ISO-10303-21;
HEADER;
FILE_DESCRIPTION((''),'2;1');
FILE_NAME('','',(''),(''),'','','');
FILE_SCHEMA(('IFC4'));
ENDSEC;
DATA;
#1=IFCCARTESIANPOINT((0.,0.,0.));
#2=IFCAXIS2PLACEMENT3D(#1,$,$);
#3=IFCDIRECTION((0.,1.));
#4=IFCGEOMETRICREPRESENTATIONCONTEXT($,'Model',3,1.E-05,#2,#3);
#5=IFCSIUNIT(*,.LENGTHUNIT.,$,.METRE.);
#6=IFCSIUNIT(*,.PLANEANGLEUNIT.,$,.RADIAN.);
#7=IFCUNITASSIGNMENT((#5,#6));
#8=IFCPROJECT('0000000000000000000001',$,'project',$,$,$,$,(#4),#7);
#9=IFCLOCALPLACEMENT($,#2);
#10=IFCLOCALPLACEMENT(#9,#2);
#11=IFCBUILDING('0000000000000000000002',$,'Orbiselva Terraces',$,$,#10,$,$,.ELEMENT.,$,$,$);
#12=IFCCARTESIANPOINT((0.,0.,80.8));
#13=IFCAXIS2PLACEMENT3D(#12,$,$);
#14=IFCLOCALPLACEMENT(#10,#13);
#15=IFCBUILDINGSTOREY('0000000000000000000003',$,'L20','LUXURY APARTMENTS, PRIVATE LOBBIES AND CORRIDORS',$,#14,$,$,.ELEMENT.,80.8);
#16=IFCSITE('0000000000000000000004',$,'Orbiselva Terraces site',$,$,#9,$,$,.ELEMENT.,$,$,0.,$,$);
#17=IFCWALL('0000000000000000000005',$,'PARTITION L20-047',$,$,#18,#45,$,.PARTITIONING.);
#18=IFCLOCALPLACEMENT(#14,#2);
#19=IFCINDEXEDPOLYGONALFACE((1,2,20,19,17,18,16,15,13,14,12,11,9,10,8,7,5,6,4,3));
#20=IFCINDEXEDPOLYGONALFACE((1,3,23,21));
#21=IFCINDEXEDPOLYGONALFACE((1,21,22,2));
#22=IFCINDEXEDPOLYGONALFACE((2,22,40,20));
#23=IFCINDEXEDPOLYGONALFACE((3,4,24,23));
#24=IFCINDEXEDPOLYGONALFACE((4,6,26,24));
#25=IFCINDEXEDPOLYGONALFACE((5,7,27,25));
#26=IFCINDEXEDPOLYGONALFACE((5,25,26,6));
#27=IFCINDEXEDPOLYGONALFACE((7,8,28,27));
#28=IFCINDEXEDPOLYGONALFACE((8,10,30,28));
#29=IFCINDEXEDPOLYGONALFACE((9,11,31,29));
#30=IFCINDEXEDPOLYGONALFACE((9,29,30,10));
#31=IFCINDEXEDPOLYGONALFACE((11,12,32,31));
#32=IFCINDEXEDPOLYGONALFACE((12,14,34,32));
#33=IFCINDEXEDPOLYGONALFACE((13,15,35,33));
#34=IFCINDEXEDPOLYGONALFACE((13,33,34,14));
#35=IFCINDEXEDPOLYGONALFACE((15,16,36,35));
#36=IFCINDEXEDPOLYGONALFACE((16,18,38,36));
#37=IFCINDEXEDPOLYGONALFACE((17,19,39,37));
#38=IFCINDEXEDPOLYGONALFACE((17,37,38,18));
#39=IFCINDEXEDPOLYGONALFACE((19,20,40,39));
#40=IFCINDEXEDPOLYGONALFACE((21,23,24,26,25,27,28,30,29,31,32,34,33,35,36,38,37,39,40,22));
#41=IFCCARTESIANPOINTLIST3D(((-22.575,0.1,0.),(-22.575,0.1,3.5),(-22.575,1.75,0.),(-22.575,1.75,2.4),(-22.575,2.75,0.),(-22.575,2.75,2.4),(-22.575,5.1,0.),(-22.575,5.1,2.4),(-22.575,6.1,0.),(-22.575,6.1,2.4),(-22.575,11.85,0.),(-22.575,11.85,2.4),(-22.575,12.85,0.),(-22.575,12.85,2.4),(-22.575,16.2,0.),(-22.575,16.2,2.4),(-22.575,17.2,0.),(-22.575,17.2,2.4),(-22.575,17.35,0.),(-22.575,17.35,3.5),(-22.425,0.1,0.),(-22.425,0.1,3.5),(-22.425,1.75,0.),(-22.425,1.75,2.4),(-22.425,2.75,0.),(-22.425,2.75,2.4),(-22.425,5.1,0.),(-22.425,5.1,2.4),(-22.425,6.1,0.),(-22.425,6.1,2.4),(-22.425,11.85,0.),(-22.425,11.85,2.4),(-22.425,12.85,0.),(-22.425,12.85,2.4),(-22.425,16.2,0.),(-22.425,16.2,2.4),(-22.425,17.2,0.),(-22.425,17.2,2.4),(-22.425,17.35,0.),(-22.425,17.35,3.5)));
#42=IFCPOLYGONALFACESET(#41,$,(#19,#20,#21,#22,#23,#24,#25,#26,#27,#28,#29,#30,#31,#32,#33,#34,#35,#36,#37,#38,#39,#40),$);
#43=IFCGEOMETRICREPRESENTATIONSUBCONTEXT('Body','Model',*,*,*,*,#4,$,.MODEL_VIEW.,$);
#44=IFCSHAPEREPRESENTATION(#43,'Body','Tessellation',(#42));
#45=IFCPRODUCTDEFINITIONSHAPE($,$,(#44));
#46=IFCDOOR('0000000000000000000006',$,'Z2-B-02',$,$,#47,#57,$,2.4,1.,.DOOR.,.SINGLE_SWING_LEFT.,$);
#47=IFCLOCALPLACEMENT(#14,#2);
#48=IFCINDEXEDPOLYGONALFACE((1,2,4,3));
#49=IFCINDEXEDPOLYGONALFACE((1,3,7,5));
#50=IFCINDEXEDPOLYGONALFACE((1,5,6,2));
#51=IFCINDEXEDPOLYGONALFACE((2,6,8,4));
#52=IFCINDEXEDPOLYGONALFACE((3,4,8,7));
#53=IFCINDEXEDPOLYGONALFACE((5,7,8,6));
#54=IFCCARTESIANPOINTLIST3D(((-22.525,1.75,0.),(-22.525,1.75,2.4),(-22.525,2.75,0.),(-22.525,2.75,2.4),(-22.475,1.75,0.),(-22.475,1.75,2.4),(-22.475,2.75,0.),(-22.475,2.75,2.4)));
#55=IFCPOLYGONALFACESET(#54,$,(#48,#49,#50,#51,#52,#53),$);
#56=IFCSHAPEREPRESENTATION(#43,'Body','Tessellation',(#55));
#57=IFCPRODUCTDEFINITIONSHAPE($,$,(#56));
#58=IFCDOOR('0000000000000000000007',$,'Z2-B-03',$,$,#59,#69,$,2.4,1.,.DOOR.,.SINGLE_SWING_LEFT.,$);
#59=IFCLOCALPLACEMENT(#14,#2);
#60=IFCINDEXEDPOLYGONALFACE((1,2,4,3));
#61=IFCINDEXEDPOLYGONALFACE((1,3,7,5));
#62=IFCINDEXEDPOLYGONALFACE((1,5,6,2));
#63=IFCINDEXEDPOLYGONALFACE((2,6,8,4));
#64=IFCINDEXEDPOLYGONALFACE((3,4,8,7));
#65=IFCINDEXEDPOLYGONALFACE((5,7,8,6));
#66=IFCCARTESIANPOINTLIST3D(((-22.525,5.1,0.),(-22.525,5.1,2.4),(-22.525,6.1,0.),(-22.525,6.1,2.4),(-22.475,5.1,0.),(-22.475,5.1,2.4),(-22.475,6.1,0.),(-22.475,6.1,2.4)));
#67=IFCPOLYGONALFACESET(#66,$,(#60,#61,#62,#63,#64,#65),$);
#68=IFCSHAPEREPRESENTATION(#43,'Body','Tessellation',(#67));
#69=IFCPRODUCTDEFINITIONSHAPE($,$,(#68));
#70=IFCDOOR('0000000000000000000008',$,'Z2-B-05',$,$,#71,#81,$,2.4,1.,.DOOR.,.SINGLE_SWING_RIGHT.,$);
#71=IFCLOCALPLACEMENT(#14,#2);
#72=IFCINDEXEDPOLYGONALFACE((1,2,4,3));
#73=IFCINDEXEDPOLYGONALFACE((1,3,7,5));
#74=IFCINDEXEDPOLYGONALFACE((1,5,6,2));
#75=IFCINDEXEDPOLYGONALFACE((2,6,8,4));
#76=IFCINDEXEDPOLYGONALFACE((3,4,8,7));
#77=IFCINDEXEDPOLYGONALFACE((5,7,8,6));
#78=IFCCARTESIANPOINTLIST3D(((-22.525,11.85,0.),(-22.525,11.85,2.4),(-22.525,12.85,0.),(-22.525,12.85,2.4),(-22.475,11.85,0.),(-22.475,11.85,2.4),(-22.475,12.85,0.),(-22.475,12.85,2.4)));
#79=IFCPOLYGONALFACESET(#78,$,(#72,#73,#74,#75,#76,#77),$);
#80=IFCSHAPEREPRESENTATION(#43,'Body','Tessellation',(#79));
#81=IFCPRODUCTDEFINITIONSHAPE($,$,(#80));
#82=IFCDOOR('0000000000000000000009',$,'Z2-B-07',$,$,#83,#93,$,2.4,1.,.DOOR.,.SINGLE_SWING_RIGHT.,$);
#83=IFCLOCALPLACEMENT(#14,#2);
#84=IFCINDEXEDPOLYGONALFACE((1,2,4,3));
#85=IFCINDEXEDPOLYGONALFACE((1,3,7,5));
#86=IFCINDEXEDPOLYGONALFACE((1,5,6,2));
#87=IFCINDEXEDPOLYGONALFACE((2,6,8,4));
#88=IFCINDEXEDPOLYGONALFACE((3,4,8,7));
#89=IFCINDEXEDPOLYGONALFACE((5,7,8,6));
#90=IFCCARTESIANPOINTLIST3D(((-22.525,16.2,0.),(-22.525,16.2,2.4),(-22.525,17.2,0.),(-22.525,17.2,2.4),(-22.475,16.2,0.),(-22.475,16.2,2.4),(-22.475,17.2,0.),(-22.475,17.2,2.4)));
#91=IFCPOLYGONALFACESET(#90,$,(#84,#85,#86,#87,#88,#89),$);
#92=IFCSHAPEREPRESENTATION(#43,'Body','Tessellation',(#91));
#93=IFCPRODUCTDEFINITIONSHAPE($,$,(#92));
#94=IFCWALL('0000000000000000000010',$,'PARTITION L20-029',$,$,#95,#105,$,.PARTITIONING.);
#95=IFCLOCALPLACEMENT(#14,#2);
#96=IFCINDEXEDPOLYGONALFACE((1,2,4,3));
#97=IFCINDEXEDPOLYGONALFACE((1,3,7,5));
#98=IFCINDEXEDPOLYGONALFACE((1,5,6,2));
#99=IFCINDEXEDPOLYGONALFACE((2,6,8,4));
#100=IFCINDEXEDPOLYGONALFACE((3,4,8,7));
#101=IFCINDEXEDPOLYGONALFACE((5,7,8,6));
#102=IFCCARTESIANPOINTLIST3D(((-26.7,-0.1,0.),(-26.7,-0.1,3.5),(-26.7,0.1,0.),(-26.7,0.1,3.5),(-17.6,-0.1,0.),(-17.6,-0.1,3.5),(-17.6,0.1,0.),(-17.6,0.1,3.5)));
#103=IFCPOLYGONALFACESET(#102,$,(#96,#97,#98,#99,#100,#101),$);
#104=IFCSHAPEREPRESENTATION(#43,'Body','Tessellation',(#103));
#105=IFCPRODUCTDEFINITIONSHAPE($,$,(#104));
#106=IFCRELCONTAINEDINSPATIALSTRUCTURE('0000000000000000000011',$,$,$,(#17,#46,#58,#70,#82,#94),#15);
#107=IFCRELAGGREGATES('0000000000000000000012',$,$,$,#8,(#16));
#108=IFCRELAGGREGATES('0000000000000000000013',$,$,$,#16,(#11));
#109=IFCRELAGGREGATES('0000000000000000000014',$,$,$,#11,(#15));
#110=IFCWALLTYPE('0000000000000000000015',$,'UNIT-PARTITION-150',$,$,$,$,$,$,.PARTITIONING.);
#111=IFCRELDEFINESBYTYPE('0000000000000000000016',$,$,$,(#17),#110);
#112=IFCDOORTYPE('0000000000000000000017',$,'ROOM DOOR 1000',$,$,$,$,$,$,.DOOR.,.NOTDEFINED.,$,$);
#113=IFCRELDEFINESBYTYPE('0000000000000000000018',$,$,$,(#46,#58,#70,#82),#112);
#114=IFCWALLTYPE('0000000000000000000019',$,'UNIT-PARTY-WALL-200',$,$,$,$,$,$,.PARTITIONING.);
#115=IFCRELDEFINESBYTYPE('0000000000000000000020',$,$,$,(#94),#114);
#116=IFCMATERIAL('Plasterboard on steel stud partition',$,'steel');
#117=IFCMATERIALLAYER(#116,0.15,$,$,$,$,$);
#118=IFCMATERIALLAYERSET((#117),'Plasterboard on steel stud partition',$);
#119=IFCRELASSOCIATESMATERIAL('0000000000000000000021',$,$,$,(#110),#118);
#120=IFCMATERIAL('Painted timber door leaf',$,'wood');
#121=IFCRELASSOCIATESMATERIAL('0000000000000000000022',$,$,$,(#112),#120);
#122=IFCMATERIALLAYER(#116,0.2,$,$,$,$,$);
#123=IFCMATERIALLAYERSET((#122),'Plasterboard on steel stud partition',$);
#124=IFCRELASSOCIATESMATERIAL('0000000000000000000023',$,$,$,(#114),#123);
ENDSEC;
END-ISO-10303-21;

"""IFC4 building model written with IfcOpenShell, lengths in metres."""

from ifc_helpers import new_model, si_unit, direction, frame, frame_2d, origin, place, context, subcontext, project, spatial, rectangle, extrude, material, layer, layer_set, type_object, element, fill, save


model = new_model("IFC4")

# Units and contexts
model_context = context("Model", 3, precision=1e-05, world=origin(), true_north=direction((0.0, 1.0)))
body_context = subcontext(model_context, "Body", "Model", "MODEL_VIEW")
ifc_project = project(units=[si_unit("LENGTHUNIT", "METRE"), si_unit("PLANEANGLEUNIT", "RADIAN")], contexts=[model_context])

# Site, building, storey
site_placement = place(None, origin())
site = spatial("IfcSite", under=ifc_project, at=site_placement, Name="Orbiselva Terraces site", CompositionType="ELEMENT", RefElevation=0.0)
building_placement = place(site_placement, origin())
building = spatial("IfcBuilding", under=site, at=building_placement, Name="Orbiselva Terraces", CompositionType="ELEMENT")
storey_placement = place(building_placement, frame((0.0, 0.0, 80.8)))
storey = spatial("IfcBuildingStorey", under=building, at=storey_placement, Name="L20", Description="LUXURY APARTMENTS, PRIVATE LOBBIES AND CORRIDORS", CompositionType="ELEMENT", Elevation=80.8)

# Shared definitions
ifc_material_1 = material(Name="Plasterboard on steel stud partition", Category="steel")
ifc_layer_1 = layer(ifc_material_1, 0.15)
ifc_layer_set_1 = layer_set([ifc_layer_1], Name="Plasterboard on steel stud partition")
wall_type_1 = type_object("IfcWallType", Name="UNIT-PARTITION-150", PredefinedType="PARTITIONING", material=ifc_layer_set_1)

# Wall, openings, doors
wall_1_placement = place(storey_placement, frame((-22.5, 0.1, 0.0), z_axis=(0.0, 0.0, 1.0), x_axis=(0.0, 1.0, 0.0)))
wall_1 = element("IfcWall", 1, at=wall_1_placement, inside=storey, type_object=wall_type_1, Name="PARTITION L20-047", PredefinedType="PARTITIONING", context=body_context, shape_type="SweptSolid", body=[
    extrude(rectangle(XDim=17.25, YDim=0.15, at=frame_2d((8.625, 0.0))), origin(), (0.0, 0.0, 1.0), 3.5),
])
opening_1_placement = place(wall_1_placement, frame((1.65, 0.0, 0.0)))
opening_1 = element("IfcOpeningElement", 2, at=opening_1_placement, cuts=wall_1, PredefinedType="OPENING", context=body_context, shape_type="SweptSolid", body=[
    extrude(rectangle(XDim=1.0, YDim=2.4, at=frame_2d((0.5, 1.2))), frame((0.0, 0.085, 0.0), z_axis=(0.0, -1.0, 0.0), x_axis=(1.0, 0.0, 0.0)), (0.0, 0.0, 1.0), 0.17),
])
opening_2_placement = place(wall_1_placement, frame((5.0, 0.0, 0.0)))
opening_2 = element("IfcOpeningElement", 3, at=opening_2_placement, cuts=wall_1, PredefinedType="OPENING", context=body_context, shape_type="SweptSolid", body=[
    extrude(rectangle(XDim=1.0, YDim=2.4, at=frame_2d((0.5, 1.2))), frame((0.0, 0.085, 0.0), z_axis=(0.0, -1.0, 0.0), x_axis=(1.0, 0.0, 0.0)), (0.0, 0.0, 1.0), 0.17),
])
opening_3_placement = place(wall_1_placement, frame((11.75, 0.0, 0.0)))
opening_3 = element("IfcOpeningElement", 4, at=opening_3_placement, cuts=wall_1, PredefinedType="OPENING", context=body_context, shape_type="SweptSolid", body=[
    extrude(rectangle(XDim=1.0, YDim=2.4, at=frame_2d((0.5, 1.2))), frame((0.0, 0.085, 0.0), z_axis=(0.0, -1.0, 0.0), x_axis=(1.0, 0.0, 0.0)), (0.0, 0.0, 1.0), 0.17),
])
opening_4_placement = place(wall_1_placement, frame((16.1, 0.0, 0.0)))
opening_4 = element("IfcOpeningElement", 5, at=opening_4_placement, cuts=wall_1, PredefinedType="OPENING", context=body_context, shape_type="SweptSolid", body=[
    extrude(rectangle(XDim=1.0, YDim=2.4, at=frame_2d((0.5, 1.2))), frame((0.0, 0.085, 0.0), z_axis=(0.0, -1.0, 0.0), x_axis=(1.0, 0.0, 0.0)), (0.0, 0.0, 1.0), 0.17),
])
ifc_material_2 = material(Name="Painted timber door leaf", Category="wood")
door_type_1 = type_object("IfcDoorType", Name="ROOM DOOR 1000", OperationType="NOTDEFINED", PredefinedType="DOOR", material=ifc_material_2)
door_1_placement = place(opening_1_placement, origin())
door_1 = element("IfcDoor", 6, at=door_1_placement, inside=storey, type_object=door_type_1, Name="Z2-B-02", OperationType="SINGLE_SWING_LEFT", OverallHeight=2.4, OverallWidth=1.0, PredefinedType="DOOR", context=body_context, shape_type="SweptSolid", body=[
    extrude(rectangle(XDim=1.0, YDim=2.4, at=frame_2d((0.5, 1.2))), frame((0.0, 0.025, 0.0), z_axis=(0.0, -1.0, 0.0), x_axis=(1.0, 0.0, 0.0)), (0.0, 0.0, 1.0), 0.05),
])
fill(opening_1, door_1)
door_2_placement = place(opening_2_placement, origin())
door_2 = element("IfcDoor", 7, at=door_2_placement, inside=storey, type_object=door_type_1, Name="Z2-B-03", OperationType="SINGLE_SWING_LEFT", OverallHeight=2.4, OverallWidth=1.0, PredefinedType="DOOR", context=body_context, shape_type="SweptSolid", body=[
    extrude(rectangle(XDim=1.0, YDim=2.4, at=frame_2d((0.5, 1.2))), frame((0.0, 0.025, 0.0), z_axis=(0.0, -1.0, 0.0), x_axis=(1.0, 0.0, 0.0)), (0.0, 0.0, 1.0), 0.05),
])
fill(opening_2, door_2)
door_3_placement = place(opening_3_placement, origin())
door_3 = element("IfcDoor", 8, at=door_3_placement, inside=storey, type_object=door_type_1, Name="Z2-B-05", OperationType="SINGLE_SWING_RIGHT", OverallHeight=2.4, OverallWidth=1.0, PredefinedType="DOOR", context=body_context, shape_type="SweptSolid", body=[
    extrude(rectangle(XDim=1.0, YDim=2.4, at=frame_2d((0.5, 1.2))), frame((0.0, 0.025, 0.0), z_axis=(0.0, -1.0, 0.0), x_axis=(1.0, 0.0, 0.0)), (0.0, 0.0, 1.0), 0.05),
])
fill(opening_3, door_3)
door_4_placement = place(opening_4_placement, origin())
door_4 = element("IfcDoor", 9, at=door_4_placement, inside=storey, type_object=door_type_1, Name="Z2-B-07", OperationType="SINGLE_SWING_RIGHT", OverallHeight=2.4, OverallWidth=1.0, PredefinedType="DOOR", context=body_context, shape_type="SweptSolid", body=[
    extrude(rectangle(XDim=1.0, YDim=2.4, at=frame_2d((0.5, 1.2))), frame((0.0, 0.025, 0.0), z_axis=(0.0, -1.0, 0.0), x_axis=(1.0, 0.0, 0.0)), (0.0, 0.0, 1.0), 0.05),
])
fill(opening_4, door_4)

# Wall
ifc_layer_2 = layer(ifc_material_1, 0.2)
ifc_layer_set_2 = layer_set([ifc_layer_2], Name="Plasterboard on steel stud partition")
wall_type_2 = type_object("IfcWallType", Name="UNIT-PARTY-WALL-200", PredefinedType="PARTITIONING", material=ifc_layer_set_2)
wall_2_placement = place(storey_placement, frame((-26.7, 0.0, 0.0), z_axis=(0.0, 0.0, 1.0), x_axis=(1.0, 0.0, 0.0)))
element("IfcWall", 10, at=wall_2_placement, inside=storey, type_object=wall_type_2, Name="PARTITION L20-029", PredefinedType="PARTITIONING", context=body_context, shape_type="SweptSolid", body=[
    extrude(rectangle(XDim=9.1, YDim=0.2, at=frame_2d((4.55, 0.0))), origin(), (0.0, 0.0, 1.0), 3.5),
])

save(model, "model.ifc")
